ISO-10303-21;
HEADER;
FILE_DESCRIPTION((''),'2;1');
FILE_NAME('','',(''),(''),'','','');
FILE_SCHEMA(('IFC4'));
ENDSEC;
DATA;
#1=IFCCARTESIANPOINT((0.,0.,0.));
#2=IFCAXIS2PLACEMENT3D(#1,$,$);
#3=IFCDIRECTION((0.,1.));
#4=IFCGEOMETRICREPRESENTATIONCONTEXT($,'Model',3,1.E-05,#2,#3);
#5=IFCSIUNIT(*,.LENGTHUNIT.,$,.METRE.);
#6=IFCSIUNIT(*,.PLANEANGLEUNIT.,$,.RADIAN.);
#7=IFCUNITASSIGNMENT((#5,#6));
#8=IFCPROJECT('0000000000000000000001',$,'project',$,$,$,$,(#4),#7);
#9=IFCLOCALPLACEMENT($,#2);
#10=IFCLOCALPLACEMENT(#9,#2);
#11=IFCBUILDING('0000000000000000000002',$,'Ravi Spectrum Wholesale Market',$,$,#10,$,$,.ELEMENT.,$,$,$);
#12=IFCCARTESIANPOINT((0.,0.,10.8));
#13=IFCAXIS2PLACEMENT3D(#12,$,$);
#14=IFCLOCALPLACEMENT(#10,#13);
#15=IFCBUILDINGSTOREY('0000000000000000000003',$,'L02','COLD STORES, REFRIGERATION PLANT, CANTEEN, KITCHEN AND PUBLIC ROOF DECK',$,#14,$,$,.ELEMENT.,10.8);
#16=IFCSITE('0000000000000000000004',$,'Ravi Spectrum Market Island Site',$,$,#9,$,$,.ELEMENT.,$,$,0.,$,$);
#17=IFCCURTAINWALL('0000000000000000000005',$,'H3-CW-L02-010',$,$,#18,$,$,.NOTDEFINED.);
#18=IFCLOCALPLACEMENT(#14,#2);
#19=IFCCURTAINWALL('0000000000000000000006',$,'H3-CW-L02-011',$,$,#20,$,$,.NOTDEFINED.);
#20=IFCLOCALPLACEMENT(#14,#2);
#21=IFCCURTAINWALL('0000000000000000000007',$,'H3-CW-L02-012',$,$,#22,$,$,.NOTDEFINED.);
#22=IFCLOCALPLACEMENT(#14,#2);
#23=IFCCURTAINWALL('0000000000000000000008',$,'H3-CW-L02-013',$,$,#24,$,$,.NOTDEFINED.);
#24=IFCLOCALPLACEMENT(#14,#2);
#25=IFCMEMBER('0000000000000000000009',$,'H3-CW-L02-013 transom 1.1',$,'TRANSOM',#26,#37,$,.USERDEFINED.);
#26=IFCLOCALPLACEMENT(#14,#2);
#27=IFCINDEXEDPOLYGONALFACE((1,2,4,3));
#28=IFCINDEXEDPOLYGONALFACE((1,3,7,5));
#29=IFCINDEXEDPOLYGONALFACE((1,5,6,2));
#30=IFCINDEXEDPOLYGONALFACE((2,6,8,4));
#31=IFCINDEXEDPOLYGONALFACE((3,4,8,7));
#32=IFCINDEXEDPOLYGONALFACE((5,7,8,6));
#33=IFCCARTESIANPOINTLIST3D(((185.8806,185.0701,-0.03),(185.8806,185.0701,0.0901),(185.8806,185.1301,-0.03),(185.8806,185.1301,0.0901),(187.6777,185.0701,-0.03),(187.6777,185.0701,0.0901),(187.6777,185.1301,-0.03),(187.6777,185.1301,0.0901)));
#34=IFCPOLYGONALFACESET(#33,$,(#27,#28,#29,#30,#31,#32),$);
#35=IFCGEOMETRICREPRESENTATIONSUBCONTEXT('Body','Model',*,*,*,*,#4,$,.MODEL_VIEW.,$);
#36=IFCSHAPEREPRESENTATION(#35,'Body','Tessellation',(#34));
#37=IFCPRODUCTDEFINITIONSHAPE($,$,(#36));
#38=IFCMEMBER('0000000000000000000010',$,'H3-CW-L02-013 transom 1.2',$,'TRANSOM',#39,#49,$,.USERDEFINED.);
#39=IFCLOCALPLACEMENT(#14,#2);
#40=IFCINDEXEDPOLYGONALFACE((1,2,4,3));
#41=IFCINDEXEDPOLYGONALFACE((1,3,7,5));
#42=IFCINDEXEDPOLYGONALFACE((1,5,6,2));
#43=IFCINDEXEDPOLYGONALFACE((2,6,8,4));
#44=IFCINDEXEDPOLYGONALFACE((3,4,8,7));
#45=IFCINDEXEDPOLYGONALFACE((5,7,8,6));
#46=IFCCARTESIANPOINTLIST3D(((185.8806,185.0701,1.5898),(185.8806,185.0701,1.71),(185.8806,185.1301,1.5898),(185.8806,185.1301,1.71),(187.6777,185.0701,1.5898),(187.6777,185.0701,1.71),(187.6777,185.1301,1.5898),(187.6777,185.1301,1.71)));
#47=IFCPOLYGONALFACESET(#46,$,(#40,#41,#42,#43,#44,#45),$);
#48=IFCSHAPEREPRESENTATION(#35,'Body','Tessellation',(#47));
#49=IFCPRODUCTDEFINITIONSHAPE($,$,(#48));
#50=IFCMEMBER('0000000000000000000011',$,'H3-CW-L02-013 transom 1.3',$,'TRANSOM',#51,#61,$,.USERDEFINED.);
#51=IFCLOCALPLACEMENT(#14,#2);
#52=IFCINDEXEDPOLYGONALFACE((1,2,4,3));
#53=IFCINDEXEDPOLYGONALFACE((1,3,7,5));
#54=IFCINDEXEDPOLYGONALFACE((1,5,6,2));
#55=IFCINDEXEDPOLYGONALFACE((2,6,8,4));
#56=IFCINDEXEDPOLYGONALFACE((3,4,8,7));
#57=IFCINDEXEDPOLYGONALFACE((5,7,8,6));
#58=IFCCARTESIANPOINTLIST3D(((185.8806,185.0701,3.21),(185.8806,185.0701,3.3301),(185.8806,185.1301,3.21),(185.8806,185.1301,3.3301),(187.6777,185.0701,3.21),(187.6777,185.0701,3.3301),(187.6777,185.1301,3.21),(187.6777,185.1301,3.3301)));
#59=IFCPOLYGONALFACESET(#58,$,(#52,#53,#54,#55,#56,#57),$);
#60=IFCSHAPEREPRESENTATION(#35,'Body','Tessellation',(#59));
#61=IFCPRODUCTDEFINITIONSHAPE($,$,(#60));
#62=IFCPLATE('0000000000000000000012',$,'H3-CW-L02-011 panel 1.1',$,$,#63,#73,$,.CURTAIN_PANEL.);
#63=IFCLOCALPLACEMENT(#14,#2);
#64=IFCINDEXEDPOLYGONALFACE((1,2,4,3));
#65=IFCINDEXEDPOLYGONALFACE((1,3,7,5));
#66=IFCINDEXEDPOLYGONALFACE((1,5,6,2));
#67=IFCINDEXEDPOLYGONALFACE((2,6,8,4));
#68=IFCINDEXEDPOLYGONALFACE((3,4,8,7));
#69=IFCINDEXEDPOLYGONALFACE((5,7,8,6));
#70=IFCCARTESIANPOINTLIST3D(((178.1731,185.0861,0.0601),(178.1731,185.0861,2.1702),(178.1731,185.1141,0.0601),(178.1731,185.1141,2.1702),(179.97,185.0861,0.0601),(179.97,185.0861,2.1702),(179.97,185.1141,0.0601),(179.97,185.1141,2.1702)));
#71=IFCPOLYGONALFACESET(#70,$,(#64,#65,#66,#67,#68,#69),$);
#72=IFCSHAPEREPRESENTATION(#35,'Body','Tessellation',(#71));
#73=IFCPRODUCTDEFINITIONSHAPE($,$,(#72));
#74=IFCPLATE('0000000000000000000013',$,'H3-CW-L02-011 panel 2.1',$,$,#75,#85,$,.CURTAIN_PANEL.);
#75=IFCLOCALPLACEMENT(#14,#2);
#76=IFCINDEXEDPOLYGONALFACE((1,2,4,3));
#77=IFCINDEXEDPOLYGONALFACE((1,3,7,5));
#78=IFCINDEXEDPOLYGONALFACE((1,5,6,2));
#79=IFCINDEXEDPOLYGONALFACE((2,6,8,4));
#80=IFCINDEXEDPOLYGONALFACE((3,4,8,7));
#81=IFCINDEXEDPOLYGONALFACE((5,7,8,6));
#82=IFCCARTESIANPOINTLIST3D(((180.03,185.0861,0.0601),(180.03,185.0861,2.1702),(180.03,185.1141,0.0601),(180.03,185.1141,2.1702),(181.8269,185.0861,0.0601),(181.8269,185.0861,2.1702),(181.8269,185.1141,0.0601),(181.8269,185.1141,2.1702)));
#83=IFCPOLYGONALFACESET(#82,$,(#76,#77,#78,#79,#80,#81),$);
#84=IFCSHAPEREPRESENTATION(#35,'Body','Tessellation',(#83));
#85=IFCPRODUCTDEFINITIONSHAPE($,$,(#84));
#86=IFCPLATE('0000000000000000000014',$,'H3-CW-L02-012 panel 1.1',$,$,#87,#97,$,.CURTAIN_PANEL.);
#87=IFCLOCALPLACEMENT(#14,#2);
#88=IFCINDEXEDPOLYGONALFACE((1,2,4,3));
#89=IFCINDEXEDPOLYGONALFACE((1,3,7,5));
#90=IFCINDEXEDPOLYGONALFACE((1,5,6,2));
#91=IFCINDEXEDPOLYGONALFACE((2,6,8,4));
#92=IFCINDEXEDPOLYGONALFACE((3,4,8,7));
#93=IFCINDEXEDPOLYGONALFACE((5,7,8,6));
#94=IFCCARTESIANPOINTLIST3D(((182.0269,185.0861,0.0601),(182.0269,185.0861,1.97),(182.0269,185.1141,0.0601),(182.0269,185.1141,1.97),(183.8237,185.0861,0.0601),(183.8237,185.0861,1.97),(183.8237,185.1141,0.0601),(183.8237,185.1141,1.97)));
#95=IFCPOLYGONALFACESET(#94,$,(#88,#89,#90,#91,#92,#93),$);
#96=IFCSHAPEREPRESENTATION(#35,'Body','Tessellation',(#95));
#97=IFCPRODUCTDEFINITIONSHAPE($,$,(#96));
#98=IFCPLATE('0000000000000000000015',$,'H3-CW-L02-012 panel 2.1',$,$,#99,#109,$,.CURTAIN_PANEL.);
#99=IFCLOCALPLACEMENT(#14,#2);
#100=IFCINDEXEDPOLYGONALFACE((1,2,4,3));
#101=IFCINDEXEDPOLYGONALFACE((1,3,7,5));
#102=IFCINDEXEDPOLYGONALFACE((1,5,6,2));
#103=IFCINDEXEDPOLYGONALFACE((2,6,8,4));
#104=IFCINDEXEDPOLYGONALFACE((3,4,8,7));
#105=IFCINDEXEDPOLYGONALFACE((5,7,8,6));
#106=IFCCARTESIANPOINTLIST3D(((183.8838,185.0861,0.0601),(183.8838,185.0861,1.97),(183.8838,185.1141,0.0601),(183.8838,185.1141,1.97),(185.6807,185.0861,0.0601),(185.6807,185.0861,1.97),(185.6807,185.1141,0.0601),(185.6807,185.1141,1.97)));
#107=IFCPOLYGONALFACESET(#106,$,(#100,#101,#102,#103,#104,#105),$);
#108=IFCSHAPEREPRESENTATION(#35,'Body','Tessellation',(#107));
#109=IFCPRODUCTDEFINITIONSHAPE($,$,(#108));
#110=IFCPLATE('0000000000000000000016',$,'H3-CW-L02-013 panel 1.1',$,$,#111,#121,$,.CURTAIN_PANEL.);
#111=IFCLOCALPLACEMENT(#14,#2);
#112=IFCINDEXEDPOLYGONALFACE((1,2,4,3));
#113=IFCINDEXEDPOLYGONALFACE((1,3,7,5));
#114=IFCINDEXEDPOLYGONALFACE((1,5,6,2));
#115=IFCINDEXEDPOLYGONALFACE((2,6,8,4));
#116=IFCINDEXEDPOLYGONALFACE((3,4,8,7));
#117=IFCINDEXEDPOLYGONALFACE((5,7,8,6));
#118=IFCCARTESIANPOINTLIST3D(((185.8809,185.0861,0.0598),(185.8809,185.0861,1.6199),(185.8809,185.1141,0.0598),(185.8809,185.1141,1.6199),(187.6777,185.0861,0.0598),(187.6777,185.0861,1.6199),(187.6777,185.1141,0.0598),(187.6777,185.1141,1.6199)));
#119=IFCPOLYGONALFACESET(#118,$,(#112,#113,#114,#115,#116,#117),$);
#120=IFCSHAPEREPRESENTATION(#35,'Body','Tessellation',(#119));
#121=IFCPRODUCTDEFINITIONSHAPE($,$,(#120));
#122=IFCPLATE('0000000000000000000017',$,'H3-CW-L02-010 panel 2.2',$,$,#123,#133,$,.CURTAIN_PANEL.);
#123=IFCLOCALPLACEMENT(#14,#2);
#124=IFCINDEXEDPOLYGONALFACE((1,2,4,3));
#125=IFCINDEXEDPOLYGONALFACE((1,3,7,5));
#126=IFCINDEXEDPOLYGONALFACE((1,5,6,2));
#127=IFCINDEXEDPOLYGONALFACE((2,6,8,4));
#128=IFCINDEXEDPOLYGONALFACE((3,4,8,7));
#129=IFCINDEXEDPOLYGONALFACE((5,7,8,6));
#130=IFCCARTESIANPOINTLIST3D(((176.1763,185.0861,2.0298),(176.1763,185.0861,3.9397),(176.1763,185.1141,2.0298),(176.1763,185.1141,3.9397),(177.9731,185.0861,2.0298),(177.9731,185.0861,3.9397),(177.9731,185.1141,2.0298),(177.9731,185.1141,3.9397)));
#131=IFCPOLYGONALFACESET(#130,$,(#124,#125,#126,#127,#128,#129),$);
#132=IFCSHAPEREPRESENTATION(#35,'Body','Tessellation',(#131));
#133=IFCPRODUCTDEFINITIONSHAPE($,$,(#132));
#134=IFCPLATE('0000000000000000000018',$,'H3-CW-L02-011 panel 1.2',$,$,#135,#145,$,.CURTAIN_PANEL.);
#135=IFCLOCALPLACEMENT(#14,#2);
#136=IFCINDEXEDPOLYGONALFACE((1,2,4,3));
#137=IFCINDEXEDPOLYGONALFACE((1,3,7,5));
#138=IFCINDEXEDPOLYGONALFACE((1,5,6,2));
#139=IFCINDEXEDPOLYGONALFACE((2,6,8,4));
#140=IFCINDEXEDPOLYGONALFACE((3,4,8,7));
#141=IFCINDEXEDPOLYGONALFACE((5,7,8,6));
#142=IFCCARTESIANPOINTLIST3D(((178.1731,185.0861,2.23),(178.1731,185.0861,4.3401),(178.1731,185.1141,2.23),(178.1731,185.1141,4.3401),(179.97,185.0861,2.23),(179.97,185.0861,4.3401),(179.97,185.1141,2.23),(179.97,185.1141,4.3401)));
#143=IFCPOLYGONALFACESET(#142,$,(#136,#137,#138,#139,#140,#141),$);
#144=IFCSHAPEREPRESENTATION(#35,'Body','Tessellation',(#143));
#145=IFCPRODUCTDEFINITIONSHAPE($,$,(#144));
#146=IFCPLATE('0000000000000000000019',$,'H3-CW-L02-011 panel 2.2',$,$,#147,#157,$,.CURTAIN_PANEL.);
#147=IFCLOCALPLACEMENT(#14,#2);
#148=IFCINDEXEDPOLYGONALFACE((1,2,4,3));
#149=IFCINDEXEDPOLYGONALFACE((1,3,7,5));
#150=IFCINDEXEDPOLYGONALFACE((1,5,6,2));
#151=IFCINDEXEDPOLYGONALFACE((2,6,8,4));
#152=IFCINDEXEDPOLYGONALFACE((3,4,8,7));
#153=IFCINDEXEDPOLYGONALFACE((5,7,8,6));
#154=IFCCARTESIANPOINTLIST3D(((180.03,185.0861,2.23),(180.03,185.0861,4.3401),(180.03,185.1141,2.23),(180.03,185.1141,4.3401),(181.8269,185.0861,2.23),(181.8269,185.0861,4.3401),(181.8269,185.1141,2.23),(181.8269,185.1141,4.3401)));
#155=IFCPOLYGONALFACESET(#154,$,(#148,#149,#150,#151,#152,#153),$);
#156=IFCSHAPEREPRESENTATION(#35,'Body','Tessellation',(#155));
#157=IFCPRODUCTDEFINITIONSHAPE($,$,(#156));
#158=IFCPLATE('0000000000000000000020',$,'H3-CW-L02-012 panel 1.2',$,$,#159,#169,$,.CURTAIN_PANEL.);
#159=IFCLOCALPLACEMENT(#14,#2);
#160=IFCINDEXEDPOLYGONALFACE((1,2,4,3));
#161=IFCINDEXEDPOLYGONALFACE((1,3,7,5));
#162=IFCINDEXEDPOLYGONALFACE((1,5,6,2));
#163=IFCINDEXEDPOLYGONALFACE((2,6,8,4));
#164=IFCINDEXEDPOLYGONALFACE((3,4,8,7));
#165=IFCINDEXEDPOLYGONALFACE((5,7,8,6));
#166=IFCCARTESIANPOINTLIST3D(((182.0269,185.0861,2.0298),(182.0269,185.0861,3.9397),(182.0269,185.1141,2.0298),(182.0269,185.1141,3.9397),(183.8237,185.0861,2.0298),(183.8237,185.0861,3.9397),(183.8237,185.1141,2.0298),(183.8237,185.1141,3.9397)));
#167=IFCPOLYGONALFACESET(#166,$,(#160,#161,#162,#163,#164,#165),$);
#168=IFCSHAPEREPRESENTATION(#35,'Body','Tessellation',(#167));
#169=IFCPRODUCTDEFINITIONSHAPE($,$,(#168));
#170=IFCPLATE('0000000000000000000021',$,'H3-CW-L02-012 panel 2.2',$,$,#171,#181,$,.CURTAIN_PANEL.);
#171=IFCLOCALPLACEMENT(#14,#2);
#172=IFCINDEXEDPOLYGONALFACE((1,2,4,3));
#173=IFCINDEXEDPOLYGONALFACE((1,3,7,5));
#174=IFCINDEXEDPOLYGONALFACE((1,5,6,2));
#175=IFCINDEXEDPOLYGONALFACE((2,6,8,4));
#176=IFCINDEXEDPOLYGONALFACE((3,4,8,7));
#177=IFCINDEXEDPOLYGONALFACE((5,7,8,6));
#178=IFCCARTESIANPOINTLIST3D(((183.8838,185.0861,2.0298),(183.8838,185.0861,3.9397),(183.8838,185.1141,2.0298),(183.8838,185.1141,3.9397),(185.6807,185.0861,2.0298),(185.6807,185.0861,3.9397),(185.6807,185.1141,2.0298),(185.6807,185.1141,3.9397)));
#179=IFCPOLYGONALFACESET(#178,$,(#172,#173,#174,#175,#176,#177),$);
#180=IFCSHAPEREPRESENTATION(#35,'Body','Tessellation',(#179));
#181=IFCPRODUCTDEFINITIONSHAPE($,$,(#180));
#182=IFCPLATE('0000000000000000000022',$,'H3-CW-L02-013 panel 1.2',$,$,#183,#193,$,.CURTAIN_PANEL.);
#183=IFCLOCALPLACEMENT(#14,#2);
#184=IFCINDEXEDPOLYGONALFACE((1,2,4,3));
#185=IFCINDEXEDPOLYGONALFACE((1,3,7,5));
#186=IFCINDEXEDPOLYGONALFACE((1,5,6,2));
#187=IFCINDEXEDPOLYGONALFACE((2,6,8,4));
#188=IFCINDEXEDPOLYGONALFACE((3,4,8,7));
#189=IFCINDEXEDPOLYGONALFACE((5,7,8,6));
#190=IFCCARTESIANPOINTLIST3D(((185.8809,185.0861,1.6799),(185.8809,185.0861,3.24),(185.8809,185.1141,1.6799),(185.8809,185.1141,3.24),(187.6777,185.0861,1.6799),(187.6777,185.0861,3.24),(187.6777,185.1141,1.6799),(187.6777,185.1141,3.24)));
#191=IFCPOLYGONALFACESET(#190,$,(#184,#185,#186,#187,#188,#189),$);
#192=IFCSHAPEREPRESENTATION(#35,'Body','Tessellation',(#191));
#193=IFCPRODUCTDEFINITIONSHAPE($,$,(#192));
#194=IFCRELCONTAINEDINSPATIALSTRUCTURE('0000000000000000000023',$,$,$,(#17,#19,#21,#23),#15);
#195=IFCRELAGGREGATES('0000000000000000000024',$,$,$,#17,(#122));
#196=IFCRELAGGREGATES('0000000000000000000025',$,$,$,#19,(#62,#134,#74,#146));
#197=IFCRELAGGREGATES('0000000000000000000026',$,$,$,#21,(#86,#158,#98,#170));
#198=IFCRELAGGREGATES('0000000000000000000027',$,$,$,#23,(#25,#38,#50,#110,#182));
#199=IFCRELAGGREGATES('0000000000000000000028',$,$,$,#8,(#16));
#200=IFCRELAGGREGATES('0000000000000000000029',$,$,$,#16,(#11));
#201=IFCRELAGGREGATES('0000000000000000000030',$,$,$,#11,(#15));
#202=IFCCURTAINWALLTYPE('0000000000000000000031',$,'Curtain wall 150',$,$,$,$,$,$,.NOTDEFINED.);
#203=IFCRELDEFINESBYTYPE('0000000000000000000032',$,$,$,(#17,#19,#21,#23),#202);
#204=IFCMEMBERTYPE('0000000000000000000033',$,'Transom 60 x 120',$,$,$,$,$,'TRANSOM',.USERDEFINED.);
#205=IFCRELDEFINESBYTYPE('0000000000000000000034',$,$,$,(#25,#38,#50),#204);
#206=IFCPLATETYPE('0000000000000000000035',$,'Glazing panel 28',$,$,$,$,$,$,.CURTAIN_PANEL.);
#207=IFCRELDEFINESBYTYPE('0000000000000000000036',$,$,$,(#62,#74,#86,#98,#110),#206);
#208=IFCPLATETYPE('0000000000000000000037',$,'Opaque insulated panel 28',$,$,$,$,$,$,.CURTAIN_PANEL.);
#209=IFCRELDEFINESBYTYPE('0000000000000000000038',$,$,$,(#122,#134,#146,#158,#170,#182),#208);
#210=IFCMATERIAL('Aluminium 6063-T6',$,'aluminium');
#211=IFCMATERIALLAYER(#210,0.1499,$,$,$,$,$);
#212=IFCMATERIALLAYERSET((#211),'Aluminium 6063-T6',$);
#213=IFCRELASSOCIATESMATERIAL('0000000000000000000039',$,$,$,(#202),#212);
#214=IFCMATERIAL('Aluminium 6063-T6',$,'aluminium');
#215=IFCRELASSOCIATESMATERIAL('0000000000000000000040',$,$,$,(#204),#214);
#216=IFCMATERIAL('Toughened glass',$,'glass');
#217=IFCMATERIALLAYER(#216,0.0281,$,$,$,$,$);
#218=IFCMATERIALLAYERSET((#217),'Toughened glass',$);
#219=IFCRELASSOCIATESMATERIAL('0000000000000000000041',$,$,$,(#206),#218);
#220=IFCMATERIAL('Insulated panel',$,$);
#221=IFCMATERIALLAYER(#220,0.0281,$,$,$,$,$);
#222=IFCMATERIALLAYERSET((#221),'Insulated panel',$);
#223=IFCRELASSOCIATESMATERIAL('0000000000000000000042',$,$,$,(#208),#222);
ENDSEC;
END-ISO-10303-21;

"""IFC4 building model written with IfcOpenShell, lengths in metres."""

from ifc_helpers import new_model, si_unit, direction, frame, origin, origin_2d, place, context, subcontext, project, spatial, rectangle, extrude, material, layer, layer_set, material_profile, profile_set, type_object, element, aggregate, save


model = new_model("IFC4")

# Units and contexts
model_context = context("Model", 3, precision=1e-05, world=origin(), true_north=direction((0.0, 1.0)))
body_context = subcontext(model_context, "Body", "Model", "MODEL_VIEW")
ifc_project = project(units=[si_unit("LENGTHUNIT", "METRE"), si_unit("PLANEANGLEUNIT", "RADIAN")], contexts=[model_context])

# Site, building, storey
site_placement = place(None, origin())
site = spatial("IfcSite", under=ifc_project, at=site_placement, Name="Ravi Spectrum Market Island Site", CompositionType="ELEMENT", RefElevation=0.0)
building_placement = place(site_placement, origin())
building = spatial("IfcBuilding", under=site, at=building_placement, Name="Ravi Spectrum Wholesale Market", CompositionType="ELEMENT")
storey_placement = place(building_placement, frame((0.0, 0.0, 10.8)))
storey = spatial("IfcBuildingStorey", under=building, at=storey_placement, Name="L02", Description="COLD STORES, REFRIGERATION PLANT, CANTEEN, KITCHEN AND PUBLIC ROOF DECK", CompositionType="ELEMENT", Elevation=10.8)

# Curtain wall
ifc_material_1 = material(Name="Aluminium 6063-T6", Category="aluminium")
ifc_layer_1 = layer(ifc_material_1, 0.1499)
ifc_layer_set_1 = layer_set([ifc_layer_1], Name="Aluminium 6063-T6")
curtain_wall_type = type_object("IfcCurtainWallType", Name="Curtain wall 150", PredefinedType="NOTDEFINED", material=ifc_layer_set_1)
curtain_wall_1_placement = place(storey_placement, origin())
curtain_wall_1 = element("IfcCurtainWall", 1, at=curtain_wall_1_placement, inside=storey, type_object=curtain_wall_type, Name="H3-CW-L02-010", PredefinedType="NOTDEFINED")

# Curtain walls
curtain_wall_2_placement = place(storey_placement, origin())
curtain_wall_2 = element("IfcCurtainWall", 2, at=curtain_wall_2_placement, inside=storey, type_object=curtain_wall_type, Name="H3-CW-L02-011", PredefinedType="NOTDEFINED")
curtain_wall_3_placement = place(storey_placement, origin())
curtain_wall_3 = element("IfcCurtainWall", 3, at=curtain_wall_3_placement, inside=storey, type_object=curtain_wall_type, Name="H3-CW-L02-012", PredefinedType="NOTDEFINED")

# Curtain wall
curtain_wall_4_placement = place(storey_placement, origin())
curtain_wall_4 = element("IfcCurtainWall", 4, at=curtain_wall_4_placement, inside=storey, type_object=curtain_wall_type, Name="H3-CW-L02-013", PredefinedType="NOTDEFINED")

# Members
ifc_material_2 = material(Name="Aluminium 6063-T6", Category="aluminium")
ifc_material_profile_1 = material_profile(ifc_material_2, rectangle(XDim=0.0601, YDim=0.1201, at=origin_2d()))
ifc_profile_set_1 = profile_set([ifc_material_profile_1], Name="Aluminium 6063-T6")
member_type_1 = type_object("IfcMemberType", Name="Transom 60 x 120", ElementType="TRANSOM", PredefinedType="USERDEFINED", material=ifc_profile_set_1)
member_1_placement = place(storey_placement, frame((185.8806, 185.1001, 0.03), z_axis=(1.0, 0.0, 0.0), x_axis=(0.0, 1.0, 0.0)))
member_1 = element("IfcMember", 5, at=member_1_placement, type_object=member_type_1, Name="H3-CW-L02-013 transom 1.1", ObjectType="TRANSOM", PredefinedType="USERDEFINED", context=body_context, shape_type="SweptSolid", body=[
    extrude(rectangle(XDim=0.0601, YDim=0.1201, at=origin_2d()), origin(), (0.0, 0.0, 1.0), 1.7971),
])
member_2_placement = place(storey_placement, frame((185.8806, 185.1001, 1.6499), z_axis=(1.0, 0.0, 0.0), x_axis=(0.0, 1.0, 0.0)))
member_2 = element("IfcMember", 6, at=member_2_placement, type_object=member_type_1, Name="H3-CW-L02-013 transom 1.2", ObjectType="TRANSOM", PredefinedType="USERDEFINED", context=body_context, shape_type="SweptSolid", body=[
    extrude(rectangle(XDim=0.0601, YDim=0.1201, at=origin_2d()), origin(), (0.0, 0.0, 1.0), 1.7971),
])
member_3_placement = place(storey_placement, frame((185.8806, 185.1001, 3.27), z_axis=(1.0, 0.0, 0.0), x_axis=(0.0, 1.0, 0.0)))
member_3 = element("IfcMember", 7, at=member_3_placement, type_object=member_type_1, Name="H3-CW-L02-013 transom 1.3", ObjectType="TRANSOM", PredefinedType="USERDEFINED", context=body_context, shape_type="SweptSolid", body=[
    extrude(rectangle(XDim=0.0601, YDim=0.1201, at=origin_2d()), origin(), (0.0, 0.0, 1.0), 1.7971),
])

# Plates
ifc_material_3 = material(Name="Toughened glass", Category="glass")
ifc_layer_2 = layer(ifc_material_3, 0.0281)
ifc_layer_set_2 = layer_set([ifc_layer_2], Name="Toughened glass")
plate_type_1 = type_object("IfcPlateType", Name="Glazing panel 28", PredefinedType="CURTAIN_PANEL", material=ifc_layer_set_2)
plate_1_placement = place(storey_placement, frame((179.0715, 185.1001, 0.0601), z_axis=(0.0, 0.0, 1.0), x_axis=(1.0, 0.0, 0.0)))
plate_1 = element("IfcPlate", 8, at=plate_1_placement, type_object=plate_type_1, Name="H3-CW-L02-011 panel 1.1", PredefinedType="CURTAIN_PANEL", context=body_context, shape_type="SweptSolid", body=[
    extrude(rectangle(XDim=1.7969, YDim=0.0281, at=origin_2d()), origin(), (0.0, 0.0, 1.0), 2.1101),
])
plate_2_placement = place(storey_placement, frame((180.9285, 185.1001, 0.0601), z_axis=(0.0, 0.0, 1.0), x_axis=(1.0, 0.0, 0.0)))
plate_2 = element("IfcPlate", 9, at=plate_2_placement, type_object=plate_type_1, Name="H3-CW-L02-011 panel 2.1", PredefinedType="CURTAIN_PANEL", context=body_context, shape_type="SweptSolid", body=[
    extrude(rectangle(XDim=1.7969, YDim=0.0281, at=origin_2d()), origin(), (0.0, 0.0, 1.0), 2.1101),
])
plate_3_placement = place(storey_placement, frame((182.9253, 185.1001, 0.0601), z_axis=(0.0, 0.0, 1.0), x_axis=(1.0, 0.0, 0.0)))
plate_3 = element("IfcPlate", 10, at=plate_3_placement, type_object=plate_type_1, Name="H3-CW-L02-012 panel 1.1", PredefinedType="CURTAIN_PANEL", context=body_context, shape_type="SweptSolid", body=[
    extrude(rectangle(XDim=1.7969, YDim=0.0281, at=origin_2d()), origin(), (0.0, 0.0, 1.0), 1.9099),
])
plate_4_placement = place(storey_placement, frame((184.7822, 185.1001, 0.0601), z_axis=(0.0, 0.0, 1.0), x_axis=(1.0, 0.0, 0.0)))
plate_4 = element("IfcPlate", 11, at=plate_4_placement, type_object=plate_type_1, Name="H3-CW-L02-012 panel 2.1", PredefinedType="CURTAIN_PANEL", context=body_context, shape_type="SweptSolid", body=[
    extrude(rectangle(XDim=1.7969, YDim=0.0281, at=origin_2d()), origin(), (0.0, 0.0, 1.0), 1.9099),
])
plate_5_placement = place(storey_placement, frame((186.7793, 185.1001, 0.0598), z_axis=(0.0, 0.0, 1.0), x_axis=(1.0, 0.0, 0.0)))
plate_5 = element("IfcPlate", 12, at=plate_5_placement, type_object=plate_type_1, Name="H3-CW-L02-013 panel 1.1", PredefinedType="CURTAIN_PANEL", context=body_context, shape_type="SweptSolid", body=[
    extrude(rectangle(XDim=1.7969, YDim=0.0281, at=origin_2d()), origin(), (0.0, 0.0, 1.0), 1.5601),
])
ifc_material_4 = material(Name="Insulated panel")
ifc_layer_3 = layer(ifc_material_4, 0.0281)
ifc_layer_set_3 = layer_set([ifc_layer_3], Name="Insulated panel")
plate_type_2 = type_object("IfcPlateType", Name="Opaque insulated panel 28", PredefinedType="CURTAIN_PANEL", material=ifc_layer_set_3)
plate_6_placement = place(storey_placement, frame((177.0747, 185.1001, 2.0298), z_axis=(0.0, 0.0, 1.0), x_axis=(1.0, 0.0, 0.0)))
plate_6 = element("IfcPlate", 13, at=plate_6_placement, type_object=plate_type_2, Name="H3-CW-L02-010 panel 2.2", PredefinedType="CURTAIN_PANEL", context=body_context, shape_type="SweptSolid", body=[
    extrude(rectangle(XDim=1.7969, YDim=0.0281, at=origin_2d()), origin(), (0.0, 0.0, 1.0), 1.9099),
])
aggregate(curtain_wall_1, [plate_6])
plate_7_placement = place(storey_placement, frame((179.0715, 185.1001, 2.23), z_axis=(0.0, 0.0, 1.0), x_axis=(1.0, 0.0, 0.0)))
plate_7 = element("IfcPlate", 14, at=plate_7_placement, type_object=plate_type_2, Name="H3-CW-L02-011 panel 1.2", PredefinedType="CURTAIN_PANEL", context=body_context, shape_type="SweptSolid", body=[
    extrude(rectangle(XDim=1.7969, YDim=0.0281, at=origin_2d()), origin(), (0.0, 0.0, 1.0), 2.1101),
])
plate_8_placement = place(storey_placement, frame((180.9285, 185.1001, 2.23), z_axis=(0.0, 0.0, 1.0), x_axis=(1.0, 0.0, 0.0)))
plate_8 = element("IfcPlate", 15, at=plate_8_placement, type_object=plate_type_2, Name="H3-CW-L02-011 panel 2.2", PredefinedType="CURTAIN_PANEL", context=body_context, shape_type="SweptSolid", body=[
    extrude(rectangle(XDim=1.7969, YDim=0.0281, at=origin_2d()), origin(), (0.0, 0.0, 1.0), 2.1101),
])
aggregate(curtain_wall_2, [plate_1, plate_7, plate_2, plate_8])
plate_9_placement = place(storey_placement, frame((182.9253, 185.1001, 2.0298), z_axis=(0.0, 0.0, 1.0), x_axis=(1.0, 0.0, 0.0)))
plate_9 = element("IfcPlate", 16, at=plate_9_placement, type_object=plate_type_2, Name="H3-CW-L02-012 panel 1.2", PredefinedType="CURTAIN_PANEL", context=body_context, shape_type="SweptSolid", body=[
    extrude(rectangle(XDim=1.7969, YDim=0.0281, at=origin_2d()), origin(), (0.0, 0.0, 1.0), 1.9099),
])
plate_10_placement = place(storey_placement, frame((184.7822, 185.1001, 2.0298), z_axis=(0.0, 0.0, 1.0), x_axis=(1.0, 0.0, 0.0)))
plate_10 = element("IfcPlate", 17, at=plate_10_placement, type_object=plate_type_2, Name="H3-CW-L02-012 panel 2.2", PredefinedType="CURTAIN_PANEL", context=body_context, shape_type="SweptSolid", body=[
    extrude(rectangle(XDim=1.7969, YDim=0.0281, at=origin_2d()), origin(), (0.0, 0.0, 1.0), 1.9099),
])
aggregate(curtain_wall_3, [plate_3, plate_9, plate_4, plate_10])
plate_11_placement = place(storey_placement, frame((186.7793, 185.1001, 1.6799), z_axis=(0.0, 0.0, 1.0), x_axis=(1.0, 0.0, 0.0)))
plate_11 = element("IfcPlate", 18, at=plate_11_placement, type_object=plate_type_2, Name="H3-CW-L02-013 panel 1.2", PredefinedType="CURTAIN_PANEL", context=body_context, shape_type="SweptSolid", body=[
    extrude(rectangle(XDim=1.7969, YDim=0.0281, at=origin_2d()), origin(), (0.0, 0.0, 1.0), 1.5601),
])
aggregate(curtain_wall_4, [member_1, member_2, member_3, plate_5, plate_11])

save(model, "model.ifc")
